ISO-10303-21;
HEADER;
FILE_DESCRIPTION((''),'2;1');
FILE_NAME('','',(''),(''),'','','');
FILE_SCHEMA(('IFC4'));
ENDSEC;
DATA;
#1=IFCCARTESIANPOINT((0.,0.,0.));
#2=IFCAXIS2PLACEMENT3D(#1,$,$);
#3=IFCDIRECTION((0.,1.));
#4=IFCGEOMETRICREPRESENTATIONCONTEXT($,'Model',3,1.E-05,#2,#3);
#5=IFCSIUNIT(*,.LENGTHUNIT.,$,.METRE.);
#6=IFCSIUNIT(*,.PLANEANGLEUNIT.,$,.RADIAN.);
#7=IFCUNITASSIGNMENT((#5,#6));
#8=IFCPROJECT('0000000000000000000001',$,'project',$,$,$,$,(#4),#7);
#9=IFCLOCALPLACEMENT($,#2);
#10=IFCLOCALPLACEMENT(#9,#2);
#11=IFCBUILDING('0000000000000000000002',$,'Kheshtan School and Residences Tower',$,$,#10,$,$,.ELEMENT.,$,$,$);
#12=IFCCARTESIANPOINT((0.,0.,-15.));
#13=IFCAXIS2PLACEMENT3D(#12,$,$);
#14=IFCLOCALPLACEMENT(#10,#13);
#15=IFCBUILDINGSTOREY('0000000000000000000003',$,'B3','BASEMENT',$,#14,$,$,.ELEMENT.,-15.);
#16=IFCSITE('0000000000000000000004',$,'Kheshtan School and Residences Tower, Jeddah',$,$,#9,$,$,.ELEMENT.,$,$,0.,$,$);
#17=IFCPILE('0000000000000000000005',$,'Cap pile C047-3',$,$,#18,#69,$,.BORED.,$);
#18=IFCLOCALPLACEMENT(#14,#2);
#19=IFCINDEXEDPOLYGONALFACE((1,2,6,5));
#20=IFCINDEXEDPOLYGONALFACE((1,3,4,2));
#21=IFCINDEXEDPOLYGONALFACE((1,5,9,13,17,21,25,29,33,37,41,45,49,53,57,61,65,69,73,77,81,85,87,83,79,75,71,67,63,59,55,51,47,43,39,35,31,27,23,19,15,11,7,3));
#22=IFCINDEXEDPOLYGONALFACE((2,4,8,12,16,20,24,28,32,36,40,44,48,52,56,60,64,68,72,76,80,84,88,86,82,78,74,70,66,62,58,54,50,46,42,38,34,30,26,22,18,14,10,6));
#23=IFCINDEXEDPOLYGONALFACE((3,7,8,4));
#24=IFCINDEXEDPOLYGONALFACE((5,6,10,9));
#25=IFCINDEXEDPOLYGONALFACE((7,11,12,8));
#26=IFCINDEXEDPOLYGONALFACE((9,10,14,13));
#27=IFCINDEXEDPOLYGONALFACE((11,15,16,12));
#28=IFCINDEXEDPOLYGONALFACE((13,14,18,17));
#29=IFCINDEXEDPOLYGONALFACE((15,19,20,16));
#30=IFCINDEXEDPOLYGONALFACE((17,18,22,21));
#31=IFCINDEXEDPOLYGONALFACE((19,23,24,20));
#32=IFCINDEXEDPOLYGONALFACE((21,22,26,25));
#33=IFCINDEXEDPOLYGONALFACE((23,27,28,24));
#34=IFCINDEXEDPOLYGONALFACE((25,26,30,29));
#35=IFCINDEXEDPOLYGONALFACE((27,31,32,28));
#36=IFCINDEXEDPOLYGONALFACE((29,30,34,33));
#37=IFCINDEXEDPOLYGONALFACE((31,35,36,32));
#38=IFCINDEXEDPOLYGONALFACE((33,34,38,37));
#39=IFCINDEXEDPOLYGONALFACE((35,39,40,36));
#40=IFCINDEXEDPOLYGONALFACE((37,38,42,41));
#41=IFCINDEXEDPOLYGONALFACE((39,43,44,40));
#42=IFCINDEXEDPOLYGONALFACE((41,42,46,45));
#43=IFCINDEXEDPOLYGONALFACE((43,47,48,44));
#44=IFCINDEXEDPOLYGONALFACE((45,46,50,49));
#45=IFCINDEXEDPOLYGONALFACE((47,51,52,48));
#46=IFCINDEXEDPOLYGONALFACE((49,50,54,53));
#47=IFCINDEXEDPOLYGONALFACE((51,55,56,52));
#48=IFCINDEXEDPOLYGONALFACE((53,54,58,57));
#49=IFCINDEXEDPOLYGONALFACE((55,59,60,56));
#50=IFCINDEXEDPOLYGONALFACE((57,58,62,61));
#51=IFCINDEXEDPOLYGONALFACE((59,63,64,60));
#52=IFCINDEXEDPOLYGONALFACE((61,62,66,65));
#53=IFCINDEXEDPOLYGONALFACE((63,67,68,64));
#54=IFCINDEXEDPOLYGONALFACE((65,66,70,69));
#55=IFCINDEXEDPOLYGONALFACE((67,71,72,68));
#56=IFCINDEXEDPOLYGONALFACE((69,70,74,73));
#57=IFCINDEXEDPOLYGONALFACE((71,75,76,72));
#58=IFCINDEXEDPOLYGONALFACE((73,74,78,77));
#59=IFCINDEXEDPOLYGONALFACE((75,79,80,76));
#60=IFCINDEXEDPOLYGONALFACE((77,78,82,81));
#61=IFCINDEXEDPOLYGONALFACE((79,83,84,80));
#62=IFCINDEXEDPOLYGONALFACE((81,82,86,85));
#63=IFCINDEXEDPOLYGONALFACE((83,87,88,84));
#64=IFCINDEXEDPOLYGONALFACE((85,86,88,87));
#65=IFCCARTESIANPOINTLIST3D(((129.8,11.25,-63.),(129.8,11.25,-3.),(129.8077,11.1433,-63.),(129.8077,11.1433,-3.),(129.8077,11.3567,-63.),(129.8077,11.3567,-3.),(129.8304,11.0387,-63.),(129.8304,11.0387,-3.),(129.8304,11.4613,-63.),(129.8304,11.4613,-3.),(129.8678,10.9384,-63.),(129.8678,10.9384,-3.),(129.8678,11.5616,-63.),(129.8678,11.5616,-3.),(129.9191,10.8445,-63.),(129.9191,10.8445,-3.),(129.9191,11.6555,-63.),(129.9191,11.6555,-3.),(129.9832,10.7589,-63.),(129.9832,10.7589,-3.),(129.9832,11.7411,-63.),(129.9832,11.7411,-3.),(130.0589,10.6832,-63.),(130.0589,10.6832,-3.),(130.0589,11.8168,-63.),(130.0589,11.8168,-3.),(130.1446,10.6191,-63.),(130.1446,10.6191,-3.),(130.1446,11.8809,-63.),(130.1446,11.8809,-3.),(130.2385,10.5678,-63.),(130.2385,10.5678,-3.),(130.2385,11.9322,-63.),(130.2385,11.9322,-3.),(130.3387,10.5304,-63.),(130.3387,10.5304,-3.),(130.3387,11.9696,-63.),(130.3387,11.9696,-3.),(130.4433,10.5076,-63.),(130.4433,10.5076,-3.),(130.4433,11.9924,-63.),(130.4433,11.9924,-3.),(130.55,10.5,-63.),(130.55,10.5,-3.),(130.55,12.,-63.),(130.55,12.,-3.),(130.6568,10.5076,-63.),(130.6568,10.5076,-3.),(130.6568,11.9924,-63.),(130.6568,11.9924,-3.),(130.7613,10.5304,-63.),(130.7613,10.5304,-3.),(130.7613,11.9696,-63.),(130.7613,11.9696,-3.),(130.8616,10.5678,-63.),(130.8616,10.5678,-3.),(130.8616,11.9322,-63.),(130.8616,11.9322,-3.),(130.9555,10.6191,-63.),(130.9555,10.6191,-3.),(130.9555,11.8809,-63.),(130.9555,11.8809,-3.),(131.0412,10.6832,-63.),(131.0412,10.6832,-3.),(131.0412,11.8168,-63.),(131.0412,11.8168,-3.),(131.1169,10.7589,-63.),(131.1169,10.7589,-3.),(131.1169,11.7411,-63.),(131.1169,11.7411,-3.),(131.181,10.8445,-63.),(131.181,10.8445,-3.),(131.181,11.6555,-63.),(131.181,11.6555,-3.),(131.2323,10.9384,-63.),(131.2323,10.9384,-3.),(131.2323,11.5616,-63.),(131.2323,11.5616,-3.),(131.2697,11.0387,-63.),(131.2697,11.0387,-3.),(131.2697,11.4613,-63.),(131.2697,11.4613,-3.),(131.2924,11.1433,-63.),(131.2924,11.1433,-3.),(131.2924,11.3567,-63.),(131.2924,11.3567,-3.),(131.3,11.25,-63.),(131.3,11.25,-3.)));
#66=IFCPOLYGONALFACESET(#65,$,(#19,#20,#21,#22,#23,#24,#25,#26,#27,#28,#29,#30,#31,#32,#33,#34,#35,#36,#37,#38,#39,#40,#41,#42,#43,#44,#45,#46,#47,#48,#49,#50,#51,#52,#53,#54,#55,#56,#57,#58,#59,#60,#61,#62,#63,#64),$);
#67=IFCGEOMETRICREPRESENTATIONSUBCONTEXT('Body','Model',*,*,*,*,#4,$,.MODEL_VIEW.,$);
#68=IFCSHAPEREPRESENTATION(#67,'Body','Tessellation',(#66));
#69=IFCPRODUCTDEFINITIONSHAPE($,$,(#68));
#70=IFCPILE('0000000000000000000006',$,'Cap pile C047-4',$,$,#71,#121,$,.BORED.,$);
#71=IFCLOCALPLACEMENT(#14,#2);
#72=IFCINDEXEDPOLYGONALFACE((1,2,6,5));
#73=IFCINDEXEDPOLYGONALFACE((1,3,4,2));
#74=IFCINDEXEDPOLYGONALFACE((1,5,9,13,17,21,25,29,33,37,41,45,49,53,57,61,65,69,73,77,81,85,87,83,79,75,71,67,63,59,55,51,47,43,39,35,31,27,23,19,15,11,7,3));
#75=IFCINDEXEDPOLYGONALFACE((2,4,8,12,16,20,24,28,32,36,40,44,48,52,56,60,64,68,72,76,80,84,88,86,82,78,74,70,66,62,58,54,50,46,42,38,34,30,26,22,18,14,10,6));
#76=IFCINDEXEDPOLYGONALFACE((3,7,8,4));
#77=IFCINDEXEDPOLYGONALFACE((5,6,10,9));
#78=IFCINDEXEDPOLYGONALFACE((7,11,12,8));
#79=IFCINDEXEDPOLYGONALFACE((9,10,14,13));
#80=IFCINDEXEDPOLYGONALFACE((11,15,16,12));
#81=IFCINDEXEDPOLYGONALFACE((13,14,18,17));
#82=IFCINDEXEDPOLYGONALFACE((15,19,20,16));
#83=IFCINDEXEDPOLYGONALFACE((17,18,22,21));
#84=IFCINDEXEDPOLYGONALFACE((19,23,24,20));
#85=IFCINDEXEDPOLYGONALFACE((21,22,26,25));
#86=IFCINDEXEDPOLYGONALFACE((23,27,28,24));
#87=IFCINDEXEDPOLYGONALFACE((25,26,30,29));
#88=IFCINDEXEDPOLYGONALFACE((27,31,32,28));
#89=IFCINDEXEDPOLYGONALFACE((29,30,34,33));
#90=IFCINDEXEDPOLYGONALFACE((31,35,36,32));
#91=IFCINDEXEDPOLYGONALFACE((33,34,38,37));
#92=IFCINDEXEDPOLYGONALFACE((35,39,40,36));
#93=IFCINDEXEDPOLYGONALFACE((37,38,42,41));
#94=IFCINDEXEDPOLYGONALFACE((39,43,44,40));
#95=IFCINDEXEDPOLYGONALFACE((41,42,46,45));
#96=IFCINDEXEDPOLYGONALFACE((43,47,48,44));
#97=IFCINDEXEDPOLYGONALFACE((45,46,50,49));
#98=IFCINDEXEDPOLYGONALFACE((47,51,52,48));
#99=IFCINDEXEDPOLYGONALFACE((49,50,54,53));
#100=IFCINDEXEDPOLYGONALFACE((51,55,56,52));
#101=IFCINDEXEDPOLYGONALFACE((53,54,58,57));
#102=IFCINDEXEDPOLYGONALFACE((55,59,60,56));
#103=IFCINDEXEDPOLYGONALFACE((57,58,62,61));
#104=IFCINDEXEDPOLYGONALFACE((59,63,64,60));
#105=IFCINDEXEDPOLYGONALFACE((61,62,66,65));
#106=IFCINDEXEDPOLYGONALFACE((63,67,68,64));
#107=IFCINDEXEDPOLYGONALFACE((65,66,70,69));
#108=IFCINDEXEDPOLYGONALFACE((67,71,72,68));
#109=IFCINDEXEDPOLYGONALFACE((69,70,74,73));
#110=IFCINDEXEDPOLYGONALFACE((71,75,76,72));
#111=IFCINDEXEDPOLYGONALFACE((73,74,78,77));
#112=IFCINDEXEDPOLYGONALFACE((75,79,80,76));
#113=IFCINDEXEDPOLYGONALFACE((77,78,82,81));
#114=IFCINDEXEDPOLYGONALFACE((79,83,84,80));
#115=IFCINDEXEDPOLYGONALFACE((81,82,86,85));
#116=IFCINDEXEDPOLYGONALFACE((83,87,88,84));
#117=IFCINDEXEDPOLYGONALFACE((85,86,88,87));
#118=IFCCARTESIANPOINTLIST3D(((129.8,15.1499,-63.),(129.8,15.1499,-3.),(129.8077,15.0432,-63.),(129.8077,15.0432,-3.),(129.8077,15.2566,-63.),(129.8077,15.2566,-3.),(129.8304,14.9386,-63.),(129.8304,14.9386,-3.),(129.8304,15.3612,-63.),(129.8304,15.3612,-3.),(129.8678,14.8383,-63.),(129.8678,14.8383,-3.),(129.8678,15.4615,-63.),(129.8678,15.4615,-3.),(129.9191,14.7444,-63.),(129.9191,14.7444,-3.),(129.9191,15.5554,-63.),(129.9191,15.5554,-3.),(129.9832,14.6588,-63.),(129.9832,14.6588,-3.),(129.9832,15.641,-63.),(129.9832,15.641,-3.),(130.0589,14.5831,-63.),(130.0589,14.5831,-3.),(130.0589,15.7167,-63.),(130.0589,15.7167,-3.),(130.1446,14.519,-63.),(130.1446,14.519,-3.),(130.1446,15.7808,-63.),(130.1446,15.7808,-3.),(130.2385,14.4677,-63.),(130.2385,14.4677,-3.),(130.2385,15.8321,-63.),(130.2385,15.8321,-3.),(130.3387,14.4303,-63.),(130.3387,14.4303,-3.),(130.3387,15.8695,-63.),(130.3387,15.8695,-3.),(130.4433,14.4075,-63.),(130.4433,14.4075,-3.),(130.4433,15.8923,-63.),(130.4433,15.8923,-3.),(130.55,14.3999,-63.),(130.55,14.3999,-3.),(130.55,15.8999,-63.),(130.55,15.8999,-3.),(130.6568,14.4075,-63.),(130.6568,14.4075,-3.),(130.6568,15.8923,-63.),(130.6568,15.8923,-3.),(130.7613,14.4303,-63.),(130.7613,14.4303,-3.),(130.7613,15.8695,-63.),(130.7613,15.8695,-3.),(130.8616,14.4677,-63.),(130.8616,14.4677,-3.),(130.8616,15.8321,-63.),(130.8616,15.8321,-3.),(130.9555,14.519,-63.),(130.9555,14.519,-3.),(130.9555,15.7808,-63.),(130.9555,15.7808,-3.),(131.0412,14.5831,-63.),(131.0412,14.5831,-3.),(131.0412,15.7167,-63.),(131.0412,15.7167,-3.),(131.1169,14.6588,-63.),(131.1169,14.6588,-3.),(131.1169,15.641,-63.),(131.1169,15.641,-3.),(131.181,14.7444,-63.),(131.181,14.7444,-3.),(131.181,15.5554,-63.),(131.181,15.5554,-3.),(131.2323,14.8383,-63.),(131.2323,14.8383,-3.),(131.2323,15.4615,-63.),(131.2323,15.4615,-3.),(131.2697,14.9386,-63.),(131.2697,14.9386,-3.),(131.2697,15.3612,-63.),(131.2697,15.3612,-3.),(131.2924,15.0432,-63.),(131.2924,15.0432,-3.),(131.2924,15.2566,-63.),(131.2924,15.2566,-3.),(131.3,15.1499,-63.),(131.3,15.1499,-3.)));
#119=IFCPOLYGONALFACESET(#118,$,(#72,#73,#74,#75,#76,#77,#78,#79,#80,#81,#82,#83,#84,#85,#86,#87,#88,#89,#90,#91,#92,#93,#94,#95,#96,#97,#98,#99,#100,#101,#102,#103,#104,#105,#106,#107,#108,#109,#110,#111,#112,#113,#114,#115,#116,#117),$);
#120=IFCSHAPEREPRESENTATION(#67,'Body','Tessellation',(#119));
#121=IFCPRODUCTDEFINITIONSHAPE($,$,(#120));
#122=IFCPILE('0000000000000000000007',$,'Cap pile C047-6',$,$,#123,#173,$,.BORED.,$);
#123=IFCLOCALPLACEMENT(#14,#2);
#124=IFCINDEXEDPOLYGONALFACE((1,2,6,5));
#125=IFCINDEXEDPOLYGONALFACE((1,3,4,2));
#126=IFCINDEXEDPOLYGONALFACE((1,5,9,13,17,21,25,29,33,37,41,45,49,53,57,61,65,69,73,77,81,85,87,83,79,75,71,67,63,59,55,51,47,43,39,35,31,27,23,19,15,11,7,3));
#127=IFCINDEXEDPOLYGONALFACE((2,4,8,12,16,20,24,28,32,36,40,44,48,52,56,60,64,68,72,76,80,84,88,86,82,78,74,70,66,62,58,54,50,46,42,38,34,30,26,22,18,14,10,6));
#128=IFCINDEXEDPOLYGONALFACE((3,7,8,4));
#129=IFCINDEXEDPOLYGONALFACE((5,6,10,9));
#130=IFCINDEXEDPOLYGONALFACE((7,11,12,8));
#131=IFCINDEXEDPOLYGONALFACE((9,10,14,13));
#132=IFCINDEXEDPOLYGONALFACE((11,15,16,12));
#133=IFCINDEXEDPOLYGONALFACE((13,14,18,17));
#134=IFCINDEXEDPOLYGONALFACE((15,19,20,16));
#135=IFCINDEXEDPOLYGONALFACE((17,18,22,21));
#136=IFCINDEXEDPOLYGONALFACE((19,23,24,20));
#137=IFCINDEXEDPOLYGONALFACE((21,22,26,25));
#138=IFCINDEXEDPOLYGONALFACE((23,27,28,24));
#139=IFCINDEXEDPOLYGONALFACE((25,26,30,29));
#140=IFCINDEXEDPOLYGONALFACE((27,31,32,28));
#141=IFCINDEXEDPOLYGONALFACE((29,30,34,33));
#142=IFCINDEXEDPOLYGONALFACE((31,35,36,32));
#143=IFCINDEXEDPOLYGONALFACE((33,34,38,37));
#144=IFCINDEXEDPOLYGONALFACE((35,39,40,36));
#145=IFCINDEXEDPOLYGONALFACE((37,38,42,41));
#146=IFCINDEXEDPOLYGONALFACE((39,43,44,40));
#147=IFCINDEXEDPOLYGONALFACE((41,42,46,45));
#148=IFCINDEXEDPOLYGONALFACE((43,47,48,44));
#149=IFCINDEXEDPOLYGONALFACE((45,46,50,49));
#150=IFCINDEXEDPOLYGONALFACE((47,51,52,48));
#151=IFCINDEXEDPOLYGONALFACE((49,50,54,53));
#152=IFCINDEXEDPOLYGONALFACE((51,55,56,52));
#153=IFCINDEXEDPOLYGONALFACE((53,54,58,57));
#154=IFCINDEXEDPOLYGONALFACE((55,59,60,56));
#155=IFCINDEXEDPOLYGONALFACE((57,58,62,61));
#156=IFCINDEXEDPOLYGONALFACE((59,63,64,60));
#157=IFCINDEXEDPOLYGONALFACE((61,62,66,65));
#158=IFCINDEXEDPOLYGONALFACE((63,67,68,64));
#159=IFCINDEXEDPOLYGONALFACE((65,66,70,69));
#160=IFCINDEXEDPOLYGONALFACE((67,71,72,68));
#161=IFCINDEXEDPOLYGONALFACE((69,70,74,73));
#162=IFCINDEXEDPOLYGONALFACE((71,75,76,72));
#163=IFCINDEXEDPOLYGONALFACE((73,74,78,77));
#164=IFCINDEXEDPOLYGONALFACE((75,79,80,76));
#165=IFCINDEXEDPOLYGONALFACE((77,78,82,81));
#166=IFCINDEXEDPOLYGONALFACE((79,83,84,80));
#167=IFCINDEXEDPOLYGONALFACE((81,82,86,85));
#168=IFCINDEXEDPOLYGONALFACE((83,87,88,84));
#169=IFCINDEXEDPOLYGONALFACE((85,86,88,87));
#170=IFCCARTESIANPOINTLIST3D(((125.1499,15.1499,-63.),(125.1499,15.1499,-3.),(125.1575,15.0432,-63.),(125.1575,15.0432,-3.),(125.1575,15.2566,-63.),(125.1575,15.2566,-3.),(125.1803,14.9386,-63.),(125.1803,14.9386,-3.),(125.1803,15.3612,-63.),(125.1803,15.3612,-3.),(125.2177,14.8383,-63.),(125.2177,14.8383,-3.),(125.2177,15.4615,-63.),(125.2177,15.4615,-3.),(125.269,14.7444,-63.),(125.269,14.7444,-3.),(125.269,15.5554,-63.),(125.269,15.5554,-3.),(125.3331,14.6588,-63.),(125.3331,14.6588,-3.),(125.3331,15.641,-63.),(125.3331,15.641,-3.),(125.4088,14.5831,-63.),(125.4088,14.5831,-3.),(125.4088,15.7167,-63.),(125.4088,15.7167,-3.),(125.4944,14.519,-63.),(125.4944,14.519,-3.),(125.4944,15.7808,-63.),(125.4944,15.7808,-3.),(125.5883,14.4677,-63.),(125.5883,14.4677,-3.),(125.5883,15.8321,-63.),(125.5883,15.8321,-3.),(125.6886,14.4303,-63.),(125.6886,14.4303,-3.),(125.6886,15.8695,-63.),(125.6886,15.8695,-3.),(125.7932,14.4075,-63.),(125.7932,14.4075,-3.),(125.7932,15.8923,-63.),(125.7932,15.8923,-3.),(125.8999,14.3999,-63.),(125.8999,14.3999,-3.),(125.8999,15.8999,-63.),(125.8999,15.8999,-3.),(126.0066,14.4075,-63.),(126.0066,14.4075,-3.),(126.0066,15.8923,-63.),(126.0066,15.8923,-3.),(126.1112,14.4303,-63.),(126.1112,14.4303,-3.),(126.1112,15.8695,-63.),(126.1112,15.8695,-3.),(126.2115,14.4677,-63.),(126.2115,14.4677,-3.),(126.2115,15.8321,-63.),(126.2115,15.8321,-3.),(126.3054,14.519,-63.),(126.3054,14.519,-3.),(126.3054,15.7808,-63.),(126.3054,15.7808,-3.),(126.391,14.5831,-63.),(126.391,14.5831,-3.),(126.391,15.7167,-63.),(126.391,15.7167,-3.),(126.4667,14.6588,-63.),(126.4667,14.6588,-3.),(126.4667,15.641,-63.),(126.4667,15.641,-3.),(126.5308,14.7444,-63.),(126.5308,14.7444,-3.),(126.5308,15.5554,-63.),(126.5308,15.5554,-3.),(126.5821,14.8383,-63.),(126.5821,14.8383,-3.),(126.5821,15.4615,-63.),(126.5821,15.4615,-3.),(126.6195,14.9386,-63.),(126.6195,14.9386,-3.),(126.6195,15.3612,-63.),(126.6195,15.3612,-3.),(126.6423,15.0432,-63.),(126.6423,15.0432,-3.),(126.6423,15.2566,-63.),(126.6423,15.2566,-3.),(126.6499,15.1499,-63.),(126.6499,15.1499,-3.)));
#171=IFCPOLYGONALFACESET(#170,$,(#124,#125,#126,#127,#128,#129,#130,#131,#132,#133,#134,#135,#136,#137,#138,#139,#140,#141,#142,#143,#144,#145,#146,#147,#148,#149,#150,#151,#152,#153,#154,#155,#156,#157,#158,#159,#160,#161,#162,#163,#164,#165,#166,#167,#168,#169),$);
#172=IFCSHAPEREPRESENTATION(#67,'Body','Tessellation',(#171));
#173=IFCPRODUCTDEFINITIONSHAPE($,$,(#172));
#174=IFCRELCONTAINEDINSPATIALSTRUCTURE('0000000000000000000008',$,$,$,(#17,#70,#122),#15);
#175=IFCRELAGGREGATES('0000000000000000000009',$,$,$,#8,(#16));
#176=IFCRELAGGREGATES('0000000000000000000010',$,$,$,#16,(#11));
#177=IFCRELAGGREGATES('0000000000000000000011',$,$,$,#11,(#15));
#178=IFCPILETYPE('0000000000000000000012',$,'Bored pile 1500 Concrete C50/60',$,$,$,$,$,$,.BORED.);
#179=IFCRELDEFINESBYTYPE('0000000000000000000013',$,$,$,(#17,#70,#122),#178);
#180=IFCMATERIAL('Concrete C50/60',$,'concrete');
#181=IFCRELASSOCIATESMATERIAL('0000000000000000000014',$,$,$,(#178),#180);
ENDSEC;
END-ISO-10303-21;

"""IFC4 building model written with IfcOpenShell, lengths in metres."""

from ifc_helpers import new_model, si_unit, direction, frame, origin, origin_2d, place, context, subcontext, project, spatial, circle, extrude, material, material_profile, profile_set, type_object, element, save


model = new_model("IFC4")

# Units and contexts
model_context = context("Model", 3, precision=1e-05, world=origin(), true_north=direction((0.0, 1.0)))
body_context = subcontext(model_context, "Body", "Model", "MODEL_VIEW")
ifc_project = project(units=[si_unit("LENGTHUNIT", "METRE"), si_unit("PLANEANGLEUNIT", "RADIAN")], contexts=[model_context])

# Site, building, storey
site_placement = place(None, origin())
site = spatial("IfcSite", under=ifc_project, at=site_placement, Name="Kheshtan School and Residences Tower, Jeddah", CompositionType="ELEMENT", RefElevation=0.0)
building_placement = place(site_placement, origin())
building = spatial("IfcBuilding", under=site, at=building_placement, Name="Kheshtan School and Residences Tower", CompositionType="ELEMENT")
storey_placement = place(building_placement, frame((0.0, 0.0, -15.0)))
storey = spatial("IfcBuildingStorey", under=building, at=storey_placement, Name="B3", Description="BASEMENT", CompositionType="ELEMENT", Elevation=-15.0)

# Piles
ifc_material_1 = material(Name="Concrete C50/60", Category="concrete")
ifc_material_profile_1 = material_profile(ifc_material_1, circle(Radius=0.75, at=origin_2d()), Name="BP 1500")
ifc_profile_set_1 = profile_set([ifc_material_profile_1], Name="Concrete C50/60")
pile_type_1 = type_object("IfcPileType", Name="Bored pile 1500 Concrete C50/60", PredefinedType="BORED", material=ifc_profile_set_1)
for number, where, z_axis, x_axis, name in (
    (1, (130.55, 11.25, -3.0), (0.0, 0.0, -1.0), (1.0, 0.0, 0.0), "Cap pile C047-3"),
    (2, (130.55, 15.1499, -3.0), (0.0, 0.0, -1.0), (1.0, 0.0, 0.0), "Cap pile C047-4"),
    (3, (125.8999, 15.1499, -3.0), (0.0, 0.0, -1.0), (1.0, 0.0, 0.0), "Cap pile C047-6"),
):
    element("IfcPile", number, at=place(storey_placement, frame(where, z_axis=z_axis, x_axis=x_axis)), inside=storey, type_object=pile_type_1, Name=name, PredefinedType="BORED", context=body_context, shape_type="SweptSolid", body=[
        extrude(circle(Radius=0.75, at=origin_2d()), origin(), (0.0, 0.0, 1.0), 60.0),
    ])

save(model, "model.ifc")
